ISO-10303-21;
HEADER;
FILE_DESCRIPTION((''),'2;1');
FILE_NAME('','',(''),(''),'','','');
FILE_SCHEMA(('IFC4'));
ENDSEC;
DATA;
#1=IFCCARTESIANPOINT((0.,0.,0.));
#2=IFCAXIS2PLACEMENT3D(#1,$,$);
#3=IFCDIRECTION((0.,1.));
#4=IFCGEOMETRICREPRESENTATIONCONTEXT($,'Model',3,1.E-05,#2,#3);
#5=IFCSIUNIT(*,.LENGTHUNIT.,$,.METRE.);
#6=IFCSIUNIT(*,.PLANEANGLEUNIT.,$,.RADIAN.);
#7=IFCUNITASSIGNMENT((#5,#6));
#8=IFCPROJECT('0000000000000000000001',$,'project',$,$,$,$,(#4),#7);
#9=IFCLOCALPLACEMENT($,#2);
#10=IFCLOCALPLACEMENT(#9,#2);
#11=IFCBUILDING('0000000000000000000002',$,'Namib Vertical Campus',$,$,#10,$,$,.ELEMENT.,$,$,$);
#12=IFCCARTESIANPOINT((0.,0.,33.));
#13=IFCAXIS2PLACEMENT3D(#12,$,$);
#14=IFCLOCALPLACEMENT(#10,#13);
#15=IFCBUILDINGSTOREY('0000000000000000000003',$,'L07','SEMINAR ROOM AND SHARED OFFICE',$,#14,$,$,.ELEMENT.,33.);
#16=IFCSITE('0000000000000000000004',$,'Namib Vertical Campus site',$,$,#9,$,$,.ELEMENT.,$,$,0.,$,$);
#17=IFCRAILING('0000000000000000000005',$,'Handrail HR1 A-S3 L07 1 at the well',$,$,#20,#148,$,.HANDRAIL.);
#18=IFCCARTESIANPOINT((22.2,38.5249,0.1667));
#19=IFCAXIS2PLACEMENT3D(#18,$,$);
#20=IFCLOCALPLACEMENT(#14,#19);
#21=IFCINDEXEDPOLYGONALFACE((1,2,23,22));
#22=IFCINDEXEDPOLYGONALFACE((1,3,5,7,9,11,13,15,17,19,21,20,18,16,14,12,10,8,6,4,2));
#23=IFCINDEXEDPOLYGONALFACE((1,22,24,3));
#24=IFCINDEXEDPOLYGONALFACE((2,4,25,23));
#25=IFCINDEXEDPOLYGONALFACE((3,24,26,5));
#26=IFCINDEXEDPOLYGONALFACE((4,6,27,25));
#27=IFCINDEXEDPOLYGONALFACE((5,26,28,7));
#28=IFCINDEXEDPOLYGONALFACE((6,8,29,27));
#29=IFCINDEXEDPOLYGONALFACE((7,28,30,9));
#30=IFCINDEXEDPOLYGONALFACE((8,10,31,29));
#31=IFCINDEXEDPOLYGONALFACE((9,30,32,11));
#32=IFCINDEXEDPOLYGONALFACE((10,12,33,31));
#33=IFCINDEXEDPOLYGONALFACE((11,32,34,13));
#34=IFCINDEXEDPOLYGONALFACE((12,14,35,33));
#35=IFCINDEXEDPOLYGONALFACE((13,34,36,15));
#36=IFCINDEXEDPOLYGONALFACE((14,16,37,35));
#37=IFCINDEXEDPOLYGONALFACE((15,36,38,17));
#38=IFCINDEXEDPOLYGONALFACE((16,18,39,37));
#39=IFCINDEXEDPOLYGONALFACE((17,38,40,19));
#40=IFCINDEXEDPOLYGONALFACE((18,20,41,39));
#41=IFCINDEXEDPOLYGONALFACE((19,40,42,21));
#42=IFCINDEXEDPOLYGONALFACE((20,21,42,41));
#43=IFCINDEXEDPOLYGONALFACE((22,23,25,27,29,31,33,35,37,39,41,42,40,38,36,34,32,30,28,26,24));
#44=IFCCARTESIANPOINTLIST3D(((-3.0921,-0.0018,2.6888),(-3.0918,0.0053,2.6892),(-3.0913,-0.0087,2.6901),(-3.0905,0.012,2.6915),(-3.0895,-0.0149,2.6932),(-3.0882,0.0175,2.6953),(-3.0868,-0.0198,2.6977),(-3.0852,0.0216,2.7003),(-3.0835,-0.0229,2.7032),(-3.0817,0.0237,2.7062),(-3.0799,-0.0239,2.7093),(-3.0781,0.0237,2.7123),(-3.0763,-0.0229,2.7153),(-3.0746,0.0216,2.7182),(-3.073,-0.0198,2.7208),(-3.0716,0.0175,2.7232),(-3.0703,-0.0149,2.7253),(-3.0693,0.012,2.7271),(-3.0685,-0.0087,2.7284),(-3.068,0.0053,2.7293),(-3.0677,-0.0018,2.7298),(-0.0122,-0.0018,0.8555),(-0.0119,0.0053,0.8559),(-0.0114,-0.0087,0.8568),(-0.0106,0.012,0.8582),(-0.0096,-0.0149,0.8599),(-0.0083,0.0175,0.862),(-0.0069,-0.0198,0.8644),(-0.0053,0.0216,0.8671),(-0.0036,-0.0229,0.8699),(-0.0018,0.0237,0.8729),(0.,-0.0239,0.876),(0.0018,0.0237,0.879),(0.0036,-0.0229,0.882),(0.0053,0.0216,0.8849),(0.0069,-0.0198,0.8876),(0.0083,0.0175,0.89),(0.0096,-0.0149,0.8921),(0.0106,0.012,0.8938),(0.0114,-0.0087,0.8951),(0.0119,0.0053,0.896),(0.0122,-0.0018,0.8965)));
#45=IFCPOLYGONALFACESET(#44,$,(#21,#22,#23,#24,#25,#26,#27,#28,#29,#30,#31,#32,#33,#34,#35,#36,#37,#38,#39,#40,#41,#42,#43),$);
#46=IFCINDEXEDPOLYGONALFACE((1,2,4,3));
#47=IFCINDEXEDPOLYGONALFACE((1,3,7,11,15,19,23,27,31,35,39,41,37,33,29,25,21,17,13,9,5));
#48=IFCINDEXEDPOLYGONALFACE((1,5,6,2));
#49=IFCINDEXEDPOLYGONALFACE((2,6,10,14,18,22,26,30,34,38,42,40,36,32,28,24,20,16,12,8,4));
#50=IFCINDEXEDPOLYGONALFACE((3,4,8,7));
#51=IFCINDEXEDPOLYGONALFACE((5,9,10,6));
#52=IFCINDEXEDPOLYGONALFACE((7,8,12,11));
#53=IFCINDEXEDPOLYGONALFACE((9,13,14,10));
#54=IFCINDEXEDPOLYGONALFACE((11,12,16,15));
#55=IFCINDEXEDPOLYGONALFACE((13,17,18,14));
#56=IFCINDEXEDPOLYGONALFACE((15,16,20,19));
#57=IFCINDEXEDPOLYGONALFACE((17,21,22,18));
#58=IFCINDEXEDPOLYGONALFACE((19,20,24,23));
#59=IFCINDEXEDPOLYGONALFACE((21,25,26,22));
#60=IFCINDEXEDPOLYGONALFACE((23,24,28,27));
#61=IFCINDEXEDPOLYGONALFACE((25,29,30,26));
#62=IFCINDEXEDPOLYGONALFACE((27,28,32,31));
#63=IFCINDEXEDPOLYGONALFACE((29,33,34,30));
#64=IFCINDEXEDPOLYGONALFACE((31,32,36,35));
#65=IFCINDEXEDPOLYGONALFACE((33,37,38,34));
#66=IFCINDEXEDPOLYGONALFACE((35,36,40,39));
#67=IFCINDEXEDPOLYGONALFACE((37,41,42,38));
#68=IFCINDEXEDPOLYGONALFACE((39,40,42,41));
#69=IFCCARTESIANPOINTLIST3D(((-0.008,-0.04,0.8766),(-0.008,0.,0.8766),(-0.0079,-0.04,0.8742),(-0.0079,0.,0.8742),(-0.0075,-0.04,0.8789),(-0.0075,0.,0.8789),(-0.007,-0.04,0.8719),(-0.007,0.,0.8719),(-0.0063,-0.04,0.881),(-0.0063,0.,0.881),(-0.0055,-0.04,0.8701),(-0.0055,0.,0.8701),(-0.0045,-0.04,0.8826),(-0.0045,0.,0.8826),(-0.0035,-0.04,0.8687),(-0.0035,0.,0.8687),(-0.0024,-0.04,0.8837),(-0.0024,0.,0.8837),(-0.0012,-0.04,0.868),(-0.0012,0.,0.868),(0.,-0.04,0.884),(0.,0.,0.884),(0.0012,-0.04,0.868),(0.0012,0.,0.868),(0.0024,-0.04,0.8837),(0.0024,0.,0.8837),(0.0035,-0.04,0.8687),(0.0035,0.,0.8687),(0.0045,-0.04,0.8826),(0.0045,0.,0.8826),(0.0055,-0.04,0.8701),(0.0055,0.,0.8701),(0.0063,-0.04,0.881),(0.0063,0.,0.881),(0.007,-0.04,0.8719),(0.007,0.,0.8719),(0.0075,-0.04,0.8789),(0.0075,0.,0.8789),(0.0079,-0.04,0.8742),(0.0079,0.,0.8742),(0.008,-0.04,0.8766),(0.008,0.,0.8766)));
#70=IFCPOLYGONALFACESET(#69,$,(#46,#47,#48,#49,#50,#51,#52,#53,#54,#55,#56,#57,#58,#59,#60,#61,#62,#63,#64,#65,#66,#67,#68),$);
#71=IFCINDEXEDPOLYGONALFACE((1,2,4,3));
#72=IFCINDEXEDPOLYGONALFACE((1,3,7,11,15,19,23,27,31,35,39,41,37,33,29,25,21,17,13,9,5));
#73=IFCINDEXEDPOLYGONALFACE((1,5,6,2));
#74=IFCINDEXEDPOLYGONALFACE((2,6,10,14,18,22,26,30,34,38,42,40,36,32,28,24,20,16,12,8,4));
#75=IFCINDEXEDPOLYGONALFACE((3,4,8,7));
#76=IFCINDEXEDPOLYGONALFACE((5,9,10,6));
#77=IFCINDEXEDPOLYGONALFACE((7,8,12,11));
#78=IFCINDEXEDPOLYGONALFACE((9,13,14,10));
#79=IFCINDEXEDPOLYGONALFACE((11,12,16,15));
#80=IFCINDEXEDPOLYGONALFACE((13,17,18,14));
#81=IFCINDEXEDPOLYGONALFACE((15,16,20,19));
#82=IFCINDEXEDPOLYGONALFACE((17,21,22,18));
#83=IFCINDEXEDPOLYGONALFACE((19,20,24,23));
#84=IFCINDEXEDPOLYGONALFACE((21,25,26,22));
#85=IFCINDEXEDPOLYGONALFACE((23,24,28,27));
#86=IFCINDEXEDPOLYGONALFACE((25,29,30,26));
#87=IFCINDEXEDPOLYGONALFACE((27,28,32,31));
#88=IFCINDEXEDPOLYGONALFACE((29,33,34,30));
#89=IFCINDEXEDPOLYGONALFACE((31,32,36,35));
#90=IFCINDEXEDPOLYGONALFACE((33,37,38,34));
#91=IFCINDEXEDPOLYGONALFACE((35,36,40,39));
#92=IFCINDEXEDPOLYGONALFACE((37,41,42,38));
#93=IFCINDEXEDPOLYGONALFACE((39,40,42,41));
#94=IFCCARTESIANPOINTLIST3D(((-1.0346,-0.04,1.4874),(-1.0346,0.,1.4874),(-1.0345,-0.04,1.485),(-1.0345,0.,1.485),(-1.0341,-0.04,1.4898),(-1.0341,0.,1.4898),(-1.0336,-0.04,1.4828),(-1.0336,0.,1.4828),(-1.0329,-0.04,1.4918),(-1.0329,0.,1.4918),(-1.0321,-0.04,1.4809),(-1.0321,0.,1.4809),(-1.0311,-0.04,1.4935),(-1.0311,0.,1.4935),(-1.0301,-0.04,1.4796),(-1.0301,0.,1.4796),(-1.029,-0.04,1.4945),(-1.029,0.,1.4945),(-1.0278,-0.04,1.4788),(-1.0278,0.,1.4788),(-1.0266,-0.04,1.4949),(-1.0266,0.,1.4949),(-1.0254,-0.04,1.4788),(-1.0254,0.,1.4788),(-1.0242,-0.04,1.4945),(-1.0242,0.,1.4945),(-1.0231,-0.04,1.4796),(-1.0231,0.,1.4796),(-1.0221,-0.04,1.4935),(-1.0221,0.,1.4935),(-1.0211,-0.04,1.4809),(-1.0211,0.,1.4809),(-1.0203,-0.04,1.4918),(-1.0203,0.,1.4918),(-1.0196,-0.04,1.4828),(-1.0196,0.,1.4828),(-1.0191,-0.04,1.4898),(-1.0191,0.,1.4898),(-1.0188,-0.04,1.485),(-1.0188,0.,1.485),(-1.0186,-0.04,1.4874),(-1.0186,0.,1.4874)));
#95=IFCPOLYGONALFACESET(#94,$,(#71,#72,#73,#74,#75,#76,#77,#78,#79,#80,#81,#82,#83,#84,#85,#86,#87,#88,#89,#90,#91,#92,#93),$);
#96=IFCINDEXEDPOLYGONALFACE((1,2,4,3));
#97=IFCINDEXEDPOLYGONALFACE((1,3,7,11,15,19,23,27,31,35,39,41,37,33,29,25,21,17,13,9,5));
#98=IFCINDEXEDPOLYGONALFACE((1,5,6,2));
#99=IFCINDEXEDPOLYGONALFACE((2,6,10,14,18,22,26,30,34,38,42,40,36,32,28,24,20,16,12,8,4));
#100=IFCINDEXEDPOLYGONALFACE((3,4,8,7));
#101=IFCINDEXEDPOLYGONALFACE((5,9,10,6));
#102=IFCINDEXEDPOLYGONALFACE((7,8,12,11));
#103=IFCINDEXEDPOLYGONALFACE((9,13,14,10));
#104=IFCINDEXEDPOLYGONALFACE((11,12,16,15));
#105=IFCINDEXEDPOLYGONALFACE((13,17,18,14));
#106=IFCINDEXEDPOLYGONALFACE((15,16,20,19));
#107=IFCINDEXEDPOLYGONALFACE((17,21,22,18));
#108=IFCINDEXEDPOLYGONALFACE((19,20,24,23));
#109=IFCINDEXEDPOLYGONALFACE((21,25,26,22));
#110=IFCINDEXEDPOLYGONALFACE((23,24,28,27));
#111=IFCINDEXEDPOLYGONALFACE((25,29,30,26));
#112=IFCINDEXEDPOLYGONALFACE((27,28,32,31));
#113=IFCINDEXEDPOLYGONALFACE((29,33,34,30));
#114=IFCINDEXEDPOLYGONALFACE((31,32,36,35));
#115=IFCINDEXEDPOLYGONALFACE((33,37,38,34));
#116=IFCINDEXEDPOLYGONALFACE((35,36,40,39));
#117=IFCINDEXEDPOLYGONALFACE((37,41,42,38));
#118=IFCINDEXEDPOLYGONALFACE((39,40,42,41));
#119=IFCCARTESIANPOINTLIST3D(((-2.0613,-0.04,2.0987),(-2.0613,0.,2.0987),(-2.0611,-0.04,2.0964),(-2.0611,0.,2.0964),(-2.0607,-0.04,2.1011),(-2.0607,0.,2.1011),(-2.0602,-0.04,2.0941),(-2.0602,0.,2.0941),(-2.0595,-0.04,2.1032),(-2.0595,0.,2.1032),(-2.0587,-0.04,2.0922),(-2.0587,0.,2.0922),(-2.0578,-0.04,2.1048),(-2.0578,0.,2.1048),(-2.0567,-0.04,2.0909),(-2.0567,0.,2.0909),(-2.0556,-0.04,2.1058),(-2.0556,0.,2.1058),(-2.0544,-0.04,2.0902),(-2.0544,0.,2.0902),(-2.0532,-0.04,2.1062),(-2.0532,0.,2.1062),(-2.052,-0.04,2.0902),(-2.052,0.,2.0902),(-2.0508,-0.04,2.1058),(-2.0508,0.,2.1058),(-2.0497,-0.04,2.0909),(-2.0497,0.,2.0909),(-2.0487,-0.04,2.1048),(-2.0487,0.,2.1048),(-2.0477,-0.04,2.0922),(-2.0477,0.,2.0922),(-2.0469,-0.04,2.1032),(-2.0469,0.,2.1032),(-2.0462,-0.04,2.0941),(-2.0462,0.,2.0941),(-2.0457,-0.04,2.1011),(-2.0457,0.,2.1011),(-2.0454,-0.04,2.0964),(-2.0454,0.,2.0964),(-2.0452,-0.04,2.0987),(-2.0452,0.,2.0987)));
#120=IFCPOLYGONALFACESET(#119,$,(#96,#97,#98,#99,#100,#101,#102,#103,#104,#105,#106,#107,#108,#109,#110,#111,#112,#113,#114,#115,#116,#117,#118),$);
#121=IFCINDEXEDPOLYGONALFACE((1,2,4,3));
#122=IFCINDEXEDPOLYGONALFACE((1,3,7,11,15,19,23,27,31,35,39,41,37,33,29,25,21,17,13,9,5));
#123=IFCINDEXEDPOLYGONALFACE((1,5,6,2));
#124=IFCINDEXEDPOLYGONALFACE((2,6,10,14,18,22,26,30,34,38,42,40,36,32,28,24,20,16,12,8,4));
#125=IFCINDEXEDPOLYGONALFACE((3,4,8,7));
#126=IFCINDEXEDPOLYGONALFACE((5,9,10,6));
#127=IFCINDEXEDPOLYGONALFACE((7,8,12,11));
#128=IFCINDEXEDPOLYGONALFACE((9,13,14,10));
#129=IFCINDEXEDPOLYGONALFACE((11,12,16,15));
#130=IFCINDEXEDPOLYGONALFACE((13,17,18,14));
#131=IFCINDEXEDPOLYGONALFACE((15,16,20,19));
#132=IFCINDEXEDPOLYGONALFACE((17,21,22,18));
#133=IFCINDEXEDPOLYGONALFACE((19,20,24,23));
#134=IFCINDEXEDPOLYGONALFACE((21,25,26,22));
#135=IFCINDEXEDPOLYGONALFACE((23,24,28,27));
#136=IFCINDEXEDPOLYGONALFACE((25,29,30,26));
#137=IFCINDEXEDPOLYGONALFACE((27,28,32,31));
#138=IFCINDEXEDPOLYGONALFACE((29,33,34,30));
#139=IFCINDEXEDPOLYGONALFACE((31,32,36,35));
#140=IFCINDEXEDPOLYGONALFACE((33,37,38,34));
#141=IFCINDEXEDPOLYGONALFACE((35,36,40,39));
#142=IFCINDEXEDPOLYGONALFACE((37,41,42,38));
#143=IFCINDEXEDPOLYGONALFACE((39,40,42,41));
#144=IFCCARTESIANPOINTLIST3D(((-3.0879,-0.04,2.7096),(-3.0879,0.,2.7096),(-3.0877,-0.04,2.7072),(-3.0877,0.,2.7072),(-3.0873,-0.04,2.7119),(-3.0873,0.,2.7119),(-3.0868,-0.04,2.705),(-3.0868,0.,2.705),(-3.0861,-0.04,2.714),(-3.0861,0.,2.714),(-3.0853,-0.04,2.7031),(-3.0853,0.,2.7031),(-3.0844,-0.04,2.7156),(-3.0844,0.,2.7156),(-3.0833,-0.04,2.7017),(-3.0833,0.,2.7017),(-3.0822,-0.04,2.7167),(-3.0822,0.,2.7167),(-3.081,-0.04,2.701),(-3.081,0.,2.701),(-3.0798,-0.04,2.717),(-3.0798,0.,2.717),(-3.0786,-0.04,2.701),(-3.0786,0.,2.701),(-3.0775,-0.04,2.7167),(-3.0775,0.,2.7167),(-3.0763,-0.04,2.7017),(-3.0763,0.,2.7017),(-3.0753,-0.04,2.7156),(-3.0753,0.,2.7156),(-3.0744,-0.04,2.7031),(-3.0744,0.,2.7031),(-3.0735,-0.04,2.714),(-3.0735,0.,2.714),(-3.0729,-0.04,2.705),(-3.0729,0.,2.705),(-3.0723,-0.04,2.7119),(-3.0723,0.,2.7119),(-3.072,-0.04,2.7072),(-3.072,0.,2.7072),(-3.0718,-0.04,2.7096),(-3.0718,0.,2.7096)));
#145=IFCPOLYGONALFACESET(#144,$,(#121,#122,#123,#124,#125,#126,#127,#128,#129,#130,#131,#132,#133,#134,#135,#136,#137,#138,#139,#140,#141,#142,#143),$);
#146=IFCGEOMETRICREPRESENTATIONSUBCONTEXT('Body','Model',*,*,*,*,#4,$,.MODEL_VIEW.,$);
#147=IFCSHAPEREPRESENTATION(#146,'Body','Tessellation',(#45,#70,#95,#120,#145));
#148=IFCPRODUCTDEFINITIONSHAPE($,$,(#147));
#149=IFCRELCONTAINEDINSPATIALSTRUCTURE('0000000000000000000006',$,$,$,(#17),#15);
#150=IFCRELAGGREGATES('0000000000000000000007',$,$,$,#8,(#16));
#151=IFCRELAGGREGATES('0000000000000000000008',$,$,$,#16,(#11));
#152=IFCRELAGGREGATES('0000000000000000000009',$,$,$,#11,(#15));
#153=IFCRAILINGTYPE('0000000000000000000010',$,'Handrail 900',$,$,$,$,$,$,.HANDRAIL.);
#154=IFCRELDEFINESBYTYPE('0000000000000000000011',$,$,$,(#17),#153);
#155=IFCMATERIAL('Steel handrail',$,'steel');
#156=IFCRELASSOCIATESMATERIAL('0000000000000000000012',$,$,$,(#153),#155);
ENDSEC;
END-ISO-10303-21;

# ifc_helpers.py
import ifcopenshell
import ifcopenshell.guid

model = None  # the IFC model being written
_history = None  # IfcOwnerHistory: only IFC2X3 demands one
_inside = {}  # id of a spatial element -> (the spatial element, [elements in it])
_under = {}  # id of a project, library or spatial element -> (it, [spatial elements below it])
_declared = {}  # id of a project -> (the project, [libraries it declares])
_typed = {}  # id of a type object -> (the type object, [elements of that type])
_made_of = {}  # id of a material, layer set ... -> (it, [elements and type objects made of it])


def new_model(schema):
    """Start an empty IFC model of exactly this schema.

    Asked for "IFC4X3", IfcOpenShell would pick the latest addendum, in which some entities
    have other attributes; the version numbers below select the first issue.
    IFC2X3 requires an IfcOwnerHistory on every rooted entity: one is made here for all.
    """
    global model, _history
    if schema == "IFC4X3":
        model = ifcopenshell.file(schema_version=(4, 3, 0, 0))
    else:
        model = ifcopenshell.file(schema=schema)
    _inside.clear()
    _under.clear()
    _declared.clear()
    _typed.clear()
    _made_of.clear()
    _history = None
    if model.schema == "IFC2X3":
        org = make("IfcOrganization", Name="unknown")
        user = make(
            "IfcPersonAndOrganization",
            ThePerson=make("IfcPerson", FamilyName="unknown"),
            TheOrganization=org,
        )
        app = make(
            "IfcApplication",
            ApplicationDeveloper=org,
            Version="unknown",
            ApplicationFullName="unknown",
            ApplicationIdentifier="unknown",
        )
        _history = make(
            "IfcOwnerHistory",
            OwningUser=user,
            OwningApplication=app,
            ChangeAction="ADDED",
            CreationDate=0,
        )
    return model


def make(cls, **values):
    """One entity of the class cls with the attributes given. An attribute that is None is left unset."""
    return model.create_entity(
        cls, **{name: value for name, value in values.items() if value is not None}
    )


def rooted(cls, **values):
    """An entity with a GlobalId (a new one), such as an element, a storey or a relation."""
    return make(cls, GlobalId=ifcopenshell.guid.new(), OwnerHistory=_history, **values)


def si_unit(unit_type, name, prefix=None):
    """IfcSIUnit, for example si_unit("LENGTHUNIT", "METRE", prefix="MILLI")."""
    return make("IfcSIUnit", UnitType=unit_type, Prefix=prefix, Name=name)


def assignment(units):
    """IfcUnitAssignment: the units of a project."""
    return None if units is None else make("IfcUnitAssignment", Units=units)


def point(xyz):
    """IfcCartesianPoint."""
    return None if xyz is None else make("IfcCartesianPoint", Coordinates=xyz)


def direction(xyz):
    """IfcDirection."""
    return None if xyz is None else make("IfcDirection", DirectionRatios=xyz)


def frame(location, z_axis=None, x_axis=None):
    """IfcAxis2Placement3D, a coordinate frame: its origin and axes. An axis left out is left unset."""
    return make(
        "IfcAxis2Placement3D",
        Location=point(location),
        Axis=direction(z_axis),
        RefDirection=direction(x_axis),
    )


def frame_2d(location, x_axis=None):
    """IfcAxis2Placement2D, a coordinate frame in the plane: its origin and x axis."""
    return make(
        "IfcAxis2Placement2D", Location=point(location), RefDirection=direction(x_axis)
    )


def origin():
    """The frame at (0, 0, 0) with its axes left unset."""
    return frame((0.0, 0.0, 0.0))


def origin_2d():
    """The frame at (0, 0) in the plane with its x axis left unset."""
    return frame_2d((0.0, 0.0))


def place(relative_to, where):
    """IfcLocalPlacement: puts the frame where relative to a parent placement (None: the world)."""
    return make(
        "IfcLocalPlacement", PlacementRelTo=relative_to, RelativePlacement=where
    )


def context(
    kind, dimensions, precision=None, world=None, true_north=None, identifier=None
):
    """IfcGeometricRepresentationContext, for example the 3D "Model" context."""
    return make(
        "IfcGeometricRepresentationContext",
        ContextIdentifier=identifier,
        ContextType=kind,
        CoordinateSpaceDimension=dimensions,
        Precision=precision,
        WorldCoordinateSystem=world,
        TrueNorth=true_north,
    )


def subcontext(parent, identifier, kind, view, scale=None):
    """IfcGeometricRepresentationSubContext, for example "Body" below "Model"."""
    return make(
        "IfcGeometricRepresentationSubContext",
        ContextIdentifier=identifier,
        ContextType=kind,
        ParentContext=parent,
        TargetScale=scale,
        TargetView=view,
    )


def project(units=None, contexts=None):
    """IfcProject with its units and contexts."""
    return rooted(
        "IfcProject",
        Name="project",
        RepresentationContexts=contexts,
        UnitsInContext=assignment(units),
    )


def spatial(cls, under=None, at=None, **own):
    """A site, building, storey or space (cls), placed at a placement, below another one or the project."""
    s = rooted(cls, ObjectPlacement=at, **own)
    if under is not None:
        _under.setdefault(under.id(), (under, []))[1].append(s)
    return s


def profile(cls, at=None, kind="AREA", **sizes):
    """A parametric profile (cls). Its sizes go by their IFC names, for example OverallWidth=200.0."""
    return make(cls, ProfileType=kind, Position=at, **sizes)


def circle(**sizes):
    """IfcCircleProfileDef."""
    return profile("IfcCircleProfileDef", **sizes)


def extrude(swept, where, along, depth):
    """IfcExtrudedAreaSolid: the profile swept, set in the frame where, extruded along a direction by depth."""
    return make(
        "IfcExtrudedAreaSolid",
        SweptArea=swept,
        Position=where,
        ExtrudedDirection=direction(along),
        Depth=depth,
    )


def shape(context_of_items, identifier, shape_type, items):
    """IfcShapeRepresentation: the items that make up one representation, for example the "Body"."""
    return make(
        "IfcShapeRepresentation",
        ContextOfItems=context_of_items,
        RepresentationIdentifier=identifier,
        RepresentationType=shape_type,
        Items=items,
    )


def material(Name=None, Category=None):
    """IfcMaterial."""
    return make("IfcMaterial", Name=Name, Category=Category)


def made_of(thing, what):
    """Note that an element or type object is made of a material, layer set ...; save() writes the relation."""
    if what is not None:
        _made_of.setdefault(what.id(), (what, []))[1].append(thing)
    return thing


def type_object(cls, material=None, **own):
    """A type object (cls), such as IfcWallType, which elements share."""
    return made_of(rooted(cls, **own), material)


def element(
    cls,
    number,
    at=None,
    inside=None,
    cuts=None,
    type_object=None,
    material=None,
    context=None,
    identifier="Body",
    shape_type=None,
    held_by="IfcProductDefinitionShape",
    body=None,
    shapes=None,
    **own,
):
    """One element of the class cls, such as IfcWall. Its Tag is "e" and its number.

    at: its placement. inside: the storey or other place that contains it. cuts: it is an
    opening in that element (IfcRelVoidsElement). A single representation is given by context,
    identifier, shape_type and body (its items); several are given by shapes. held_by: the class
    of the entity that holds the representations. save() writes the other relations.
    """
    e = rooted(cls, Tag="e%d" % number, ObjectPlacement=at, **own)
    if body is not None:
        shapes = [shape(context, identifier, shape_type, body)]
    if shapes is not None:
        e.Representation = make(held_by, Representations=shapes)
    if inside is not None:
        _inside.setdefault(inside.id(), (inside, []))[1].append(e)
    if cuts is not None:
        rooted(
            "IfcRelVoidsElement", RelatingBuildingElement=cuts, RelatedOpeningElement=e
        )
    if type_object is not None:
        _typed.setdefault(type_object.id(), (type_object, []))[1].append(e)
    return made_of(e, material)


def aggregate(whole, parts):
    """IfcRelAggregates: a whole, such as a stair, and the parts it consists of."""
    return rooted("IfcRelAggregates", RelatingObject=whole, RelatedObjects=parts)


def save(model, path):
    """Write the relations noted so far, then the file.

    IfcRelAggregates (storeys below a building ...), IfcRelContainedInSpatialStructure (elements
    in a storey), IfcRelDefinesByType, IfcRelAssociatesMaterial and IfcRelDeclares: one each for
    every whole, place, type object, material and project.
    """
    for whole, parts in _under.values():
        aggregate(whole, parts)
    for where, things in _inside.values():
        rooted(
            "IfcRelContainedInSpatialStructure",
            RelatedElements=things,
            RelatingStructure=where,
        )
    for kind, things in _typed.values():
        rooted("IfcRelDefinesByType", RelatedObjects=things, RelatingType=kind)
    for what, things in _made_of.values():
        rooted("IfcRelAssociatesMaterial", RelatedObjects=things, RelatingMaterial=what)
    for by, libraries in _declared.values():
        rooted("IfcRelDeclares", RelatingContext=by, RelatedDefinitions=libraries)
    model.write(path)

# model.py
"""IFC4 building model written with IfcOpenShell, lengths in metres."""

from ifc_helpers import new_model, si_unit, direction, frame, origin, origin_2d, place, context, subcontext, project, spatial, circle, extrude, material, type_object, element, save


model = new_model("IFC4")

# Units and contexts
model_context = context("Model", 3, precision=1e-05, world=origin(), true_north=direction((0.0, 1.0)))
body_context = subcontext(model_context, "Body", "Model", "MODEL_VIEW")
ifc_project = project(units=[si_unit("LENGTHUNIT", "METRE"), si_unit("PLANEANGLEUNIT", "RADIAN")], contexts=[model_context])

# Site, building, storey
site_placement = place(None, origin())
site = spatial("IfcSite", under=ifc_project, at=site_placement, Name="Namib Vertical Campus site", CompositionType="ELEMENT", RefElevation=0.0)
building_placement = place(site_placement, origin())
building = spatial("IfcBuilding", under=site, at=building_placement, Name="Namib Vertical Campus", CompositionType="ELEMENT")
storey_placement = place(building_placement, frame((0.0, 0.0, 33.0)))
storey = spatial("IfcBuildingStorey", under=building, at=storey_placement, Name="L07", Description="SEMINAR ROOM AND SHARED OFFICE", CompositionType="ELEMENT", Elevation=33.0)

# Railing
ifc_material_1 = material(Name="Steel handrail", Category="steel")
railing_type_1 = type_object("IfcRailingType", Name="Handrail 900", PredefinedType="HANDRAIL", material=ifc_material_1)
railing_1_placement = place(storey_placement, frame((22.2, 38.5249, 0.1667)))
element("IfcRailing", 1, at=railing_1_placement, inside=storey, type_object=railing_type_1, Name="Handrail HR1 A-S3 L07 1 at the well", PredefinedType="HANDRAIL", context=body_context, shape_type="SweptSolid", body=[
    extrude(circle(Radius=0.0239, at=origin_2d()), frame((0.0, 0.0, 0.876), z_axis=(-0.859291, 0.0, 0.511487), x_axis=(0.0, -1.0, 0.0)), (0.0, 0.0, 1.0), 3.5842),
    extrude(circle(Radius=0.0081, at=origin_2d()), frame((0.0, 0.0, 0.876), z_axis=(0.0, -1.0, 0.0), x_axis=(0.0, 0.0, 1.0)), (0.0, 0.0, 1.0), 0.04),
    extrude(circle(Radius=0.0081, at=origin_2d()), frame((-1.0266, 0.0, 1.4868), z_axis=(0.0, -1.0, 0.0), x_axis=(0.0, 0.0, 1.0)), (0.0, 0.0, 1.0), 0.04),
    extrude(circle(Radius=0.0081, at=origin_2d()), frame((-2.0532, 0.0, 2.0981), z_axis=(0.0, -1.0, 0.0), x_axis=(0.0, 0.0, 1.0)), (0.0, 0.0, 1.0), 0.04),
    extrude(circle(Radius=0.0081, at=origin_2d()), frame((-3.0798, 0.0, 2.709), z_axis=(0.0, -1.0, 0.0), x_axis=(0.0, 0.0, 1.0)), (0.0, 0.0, 1.0), 0.04),
])

save(model, "model.ifc")
